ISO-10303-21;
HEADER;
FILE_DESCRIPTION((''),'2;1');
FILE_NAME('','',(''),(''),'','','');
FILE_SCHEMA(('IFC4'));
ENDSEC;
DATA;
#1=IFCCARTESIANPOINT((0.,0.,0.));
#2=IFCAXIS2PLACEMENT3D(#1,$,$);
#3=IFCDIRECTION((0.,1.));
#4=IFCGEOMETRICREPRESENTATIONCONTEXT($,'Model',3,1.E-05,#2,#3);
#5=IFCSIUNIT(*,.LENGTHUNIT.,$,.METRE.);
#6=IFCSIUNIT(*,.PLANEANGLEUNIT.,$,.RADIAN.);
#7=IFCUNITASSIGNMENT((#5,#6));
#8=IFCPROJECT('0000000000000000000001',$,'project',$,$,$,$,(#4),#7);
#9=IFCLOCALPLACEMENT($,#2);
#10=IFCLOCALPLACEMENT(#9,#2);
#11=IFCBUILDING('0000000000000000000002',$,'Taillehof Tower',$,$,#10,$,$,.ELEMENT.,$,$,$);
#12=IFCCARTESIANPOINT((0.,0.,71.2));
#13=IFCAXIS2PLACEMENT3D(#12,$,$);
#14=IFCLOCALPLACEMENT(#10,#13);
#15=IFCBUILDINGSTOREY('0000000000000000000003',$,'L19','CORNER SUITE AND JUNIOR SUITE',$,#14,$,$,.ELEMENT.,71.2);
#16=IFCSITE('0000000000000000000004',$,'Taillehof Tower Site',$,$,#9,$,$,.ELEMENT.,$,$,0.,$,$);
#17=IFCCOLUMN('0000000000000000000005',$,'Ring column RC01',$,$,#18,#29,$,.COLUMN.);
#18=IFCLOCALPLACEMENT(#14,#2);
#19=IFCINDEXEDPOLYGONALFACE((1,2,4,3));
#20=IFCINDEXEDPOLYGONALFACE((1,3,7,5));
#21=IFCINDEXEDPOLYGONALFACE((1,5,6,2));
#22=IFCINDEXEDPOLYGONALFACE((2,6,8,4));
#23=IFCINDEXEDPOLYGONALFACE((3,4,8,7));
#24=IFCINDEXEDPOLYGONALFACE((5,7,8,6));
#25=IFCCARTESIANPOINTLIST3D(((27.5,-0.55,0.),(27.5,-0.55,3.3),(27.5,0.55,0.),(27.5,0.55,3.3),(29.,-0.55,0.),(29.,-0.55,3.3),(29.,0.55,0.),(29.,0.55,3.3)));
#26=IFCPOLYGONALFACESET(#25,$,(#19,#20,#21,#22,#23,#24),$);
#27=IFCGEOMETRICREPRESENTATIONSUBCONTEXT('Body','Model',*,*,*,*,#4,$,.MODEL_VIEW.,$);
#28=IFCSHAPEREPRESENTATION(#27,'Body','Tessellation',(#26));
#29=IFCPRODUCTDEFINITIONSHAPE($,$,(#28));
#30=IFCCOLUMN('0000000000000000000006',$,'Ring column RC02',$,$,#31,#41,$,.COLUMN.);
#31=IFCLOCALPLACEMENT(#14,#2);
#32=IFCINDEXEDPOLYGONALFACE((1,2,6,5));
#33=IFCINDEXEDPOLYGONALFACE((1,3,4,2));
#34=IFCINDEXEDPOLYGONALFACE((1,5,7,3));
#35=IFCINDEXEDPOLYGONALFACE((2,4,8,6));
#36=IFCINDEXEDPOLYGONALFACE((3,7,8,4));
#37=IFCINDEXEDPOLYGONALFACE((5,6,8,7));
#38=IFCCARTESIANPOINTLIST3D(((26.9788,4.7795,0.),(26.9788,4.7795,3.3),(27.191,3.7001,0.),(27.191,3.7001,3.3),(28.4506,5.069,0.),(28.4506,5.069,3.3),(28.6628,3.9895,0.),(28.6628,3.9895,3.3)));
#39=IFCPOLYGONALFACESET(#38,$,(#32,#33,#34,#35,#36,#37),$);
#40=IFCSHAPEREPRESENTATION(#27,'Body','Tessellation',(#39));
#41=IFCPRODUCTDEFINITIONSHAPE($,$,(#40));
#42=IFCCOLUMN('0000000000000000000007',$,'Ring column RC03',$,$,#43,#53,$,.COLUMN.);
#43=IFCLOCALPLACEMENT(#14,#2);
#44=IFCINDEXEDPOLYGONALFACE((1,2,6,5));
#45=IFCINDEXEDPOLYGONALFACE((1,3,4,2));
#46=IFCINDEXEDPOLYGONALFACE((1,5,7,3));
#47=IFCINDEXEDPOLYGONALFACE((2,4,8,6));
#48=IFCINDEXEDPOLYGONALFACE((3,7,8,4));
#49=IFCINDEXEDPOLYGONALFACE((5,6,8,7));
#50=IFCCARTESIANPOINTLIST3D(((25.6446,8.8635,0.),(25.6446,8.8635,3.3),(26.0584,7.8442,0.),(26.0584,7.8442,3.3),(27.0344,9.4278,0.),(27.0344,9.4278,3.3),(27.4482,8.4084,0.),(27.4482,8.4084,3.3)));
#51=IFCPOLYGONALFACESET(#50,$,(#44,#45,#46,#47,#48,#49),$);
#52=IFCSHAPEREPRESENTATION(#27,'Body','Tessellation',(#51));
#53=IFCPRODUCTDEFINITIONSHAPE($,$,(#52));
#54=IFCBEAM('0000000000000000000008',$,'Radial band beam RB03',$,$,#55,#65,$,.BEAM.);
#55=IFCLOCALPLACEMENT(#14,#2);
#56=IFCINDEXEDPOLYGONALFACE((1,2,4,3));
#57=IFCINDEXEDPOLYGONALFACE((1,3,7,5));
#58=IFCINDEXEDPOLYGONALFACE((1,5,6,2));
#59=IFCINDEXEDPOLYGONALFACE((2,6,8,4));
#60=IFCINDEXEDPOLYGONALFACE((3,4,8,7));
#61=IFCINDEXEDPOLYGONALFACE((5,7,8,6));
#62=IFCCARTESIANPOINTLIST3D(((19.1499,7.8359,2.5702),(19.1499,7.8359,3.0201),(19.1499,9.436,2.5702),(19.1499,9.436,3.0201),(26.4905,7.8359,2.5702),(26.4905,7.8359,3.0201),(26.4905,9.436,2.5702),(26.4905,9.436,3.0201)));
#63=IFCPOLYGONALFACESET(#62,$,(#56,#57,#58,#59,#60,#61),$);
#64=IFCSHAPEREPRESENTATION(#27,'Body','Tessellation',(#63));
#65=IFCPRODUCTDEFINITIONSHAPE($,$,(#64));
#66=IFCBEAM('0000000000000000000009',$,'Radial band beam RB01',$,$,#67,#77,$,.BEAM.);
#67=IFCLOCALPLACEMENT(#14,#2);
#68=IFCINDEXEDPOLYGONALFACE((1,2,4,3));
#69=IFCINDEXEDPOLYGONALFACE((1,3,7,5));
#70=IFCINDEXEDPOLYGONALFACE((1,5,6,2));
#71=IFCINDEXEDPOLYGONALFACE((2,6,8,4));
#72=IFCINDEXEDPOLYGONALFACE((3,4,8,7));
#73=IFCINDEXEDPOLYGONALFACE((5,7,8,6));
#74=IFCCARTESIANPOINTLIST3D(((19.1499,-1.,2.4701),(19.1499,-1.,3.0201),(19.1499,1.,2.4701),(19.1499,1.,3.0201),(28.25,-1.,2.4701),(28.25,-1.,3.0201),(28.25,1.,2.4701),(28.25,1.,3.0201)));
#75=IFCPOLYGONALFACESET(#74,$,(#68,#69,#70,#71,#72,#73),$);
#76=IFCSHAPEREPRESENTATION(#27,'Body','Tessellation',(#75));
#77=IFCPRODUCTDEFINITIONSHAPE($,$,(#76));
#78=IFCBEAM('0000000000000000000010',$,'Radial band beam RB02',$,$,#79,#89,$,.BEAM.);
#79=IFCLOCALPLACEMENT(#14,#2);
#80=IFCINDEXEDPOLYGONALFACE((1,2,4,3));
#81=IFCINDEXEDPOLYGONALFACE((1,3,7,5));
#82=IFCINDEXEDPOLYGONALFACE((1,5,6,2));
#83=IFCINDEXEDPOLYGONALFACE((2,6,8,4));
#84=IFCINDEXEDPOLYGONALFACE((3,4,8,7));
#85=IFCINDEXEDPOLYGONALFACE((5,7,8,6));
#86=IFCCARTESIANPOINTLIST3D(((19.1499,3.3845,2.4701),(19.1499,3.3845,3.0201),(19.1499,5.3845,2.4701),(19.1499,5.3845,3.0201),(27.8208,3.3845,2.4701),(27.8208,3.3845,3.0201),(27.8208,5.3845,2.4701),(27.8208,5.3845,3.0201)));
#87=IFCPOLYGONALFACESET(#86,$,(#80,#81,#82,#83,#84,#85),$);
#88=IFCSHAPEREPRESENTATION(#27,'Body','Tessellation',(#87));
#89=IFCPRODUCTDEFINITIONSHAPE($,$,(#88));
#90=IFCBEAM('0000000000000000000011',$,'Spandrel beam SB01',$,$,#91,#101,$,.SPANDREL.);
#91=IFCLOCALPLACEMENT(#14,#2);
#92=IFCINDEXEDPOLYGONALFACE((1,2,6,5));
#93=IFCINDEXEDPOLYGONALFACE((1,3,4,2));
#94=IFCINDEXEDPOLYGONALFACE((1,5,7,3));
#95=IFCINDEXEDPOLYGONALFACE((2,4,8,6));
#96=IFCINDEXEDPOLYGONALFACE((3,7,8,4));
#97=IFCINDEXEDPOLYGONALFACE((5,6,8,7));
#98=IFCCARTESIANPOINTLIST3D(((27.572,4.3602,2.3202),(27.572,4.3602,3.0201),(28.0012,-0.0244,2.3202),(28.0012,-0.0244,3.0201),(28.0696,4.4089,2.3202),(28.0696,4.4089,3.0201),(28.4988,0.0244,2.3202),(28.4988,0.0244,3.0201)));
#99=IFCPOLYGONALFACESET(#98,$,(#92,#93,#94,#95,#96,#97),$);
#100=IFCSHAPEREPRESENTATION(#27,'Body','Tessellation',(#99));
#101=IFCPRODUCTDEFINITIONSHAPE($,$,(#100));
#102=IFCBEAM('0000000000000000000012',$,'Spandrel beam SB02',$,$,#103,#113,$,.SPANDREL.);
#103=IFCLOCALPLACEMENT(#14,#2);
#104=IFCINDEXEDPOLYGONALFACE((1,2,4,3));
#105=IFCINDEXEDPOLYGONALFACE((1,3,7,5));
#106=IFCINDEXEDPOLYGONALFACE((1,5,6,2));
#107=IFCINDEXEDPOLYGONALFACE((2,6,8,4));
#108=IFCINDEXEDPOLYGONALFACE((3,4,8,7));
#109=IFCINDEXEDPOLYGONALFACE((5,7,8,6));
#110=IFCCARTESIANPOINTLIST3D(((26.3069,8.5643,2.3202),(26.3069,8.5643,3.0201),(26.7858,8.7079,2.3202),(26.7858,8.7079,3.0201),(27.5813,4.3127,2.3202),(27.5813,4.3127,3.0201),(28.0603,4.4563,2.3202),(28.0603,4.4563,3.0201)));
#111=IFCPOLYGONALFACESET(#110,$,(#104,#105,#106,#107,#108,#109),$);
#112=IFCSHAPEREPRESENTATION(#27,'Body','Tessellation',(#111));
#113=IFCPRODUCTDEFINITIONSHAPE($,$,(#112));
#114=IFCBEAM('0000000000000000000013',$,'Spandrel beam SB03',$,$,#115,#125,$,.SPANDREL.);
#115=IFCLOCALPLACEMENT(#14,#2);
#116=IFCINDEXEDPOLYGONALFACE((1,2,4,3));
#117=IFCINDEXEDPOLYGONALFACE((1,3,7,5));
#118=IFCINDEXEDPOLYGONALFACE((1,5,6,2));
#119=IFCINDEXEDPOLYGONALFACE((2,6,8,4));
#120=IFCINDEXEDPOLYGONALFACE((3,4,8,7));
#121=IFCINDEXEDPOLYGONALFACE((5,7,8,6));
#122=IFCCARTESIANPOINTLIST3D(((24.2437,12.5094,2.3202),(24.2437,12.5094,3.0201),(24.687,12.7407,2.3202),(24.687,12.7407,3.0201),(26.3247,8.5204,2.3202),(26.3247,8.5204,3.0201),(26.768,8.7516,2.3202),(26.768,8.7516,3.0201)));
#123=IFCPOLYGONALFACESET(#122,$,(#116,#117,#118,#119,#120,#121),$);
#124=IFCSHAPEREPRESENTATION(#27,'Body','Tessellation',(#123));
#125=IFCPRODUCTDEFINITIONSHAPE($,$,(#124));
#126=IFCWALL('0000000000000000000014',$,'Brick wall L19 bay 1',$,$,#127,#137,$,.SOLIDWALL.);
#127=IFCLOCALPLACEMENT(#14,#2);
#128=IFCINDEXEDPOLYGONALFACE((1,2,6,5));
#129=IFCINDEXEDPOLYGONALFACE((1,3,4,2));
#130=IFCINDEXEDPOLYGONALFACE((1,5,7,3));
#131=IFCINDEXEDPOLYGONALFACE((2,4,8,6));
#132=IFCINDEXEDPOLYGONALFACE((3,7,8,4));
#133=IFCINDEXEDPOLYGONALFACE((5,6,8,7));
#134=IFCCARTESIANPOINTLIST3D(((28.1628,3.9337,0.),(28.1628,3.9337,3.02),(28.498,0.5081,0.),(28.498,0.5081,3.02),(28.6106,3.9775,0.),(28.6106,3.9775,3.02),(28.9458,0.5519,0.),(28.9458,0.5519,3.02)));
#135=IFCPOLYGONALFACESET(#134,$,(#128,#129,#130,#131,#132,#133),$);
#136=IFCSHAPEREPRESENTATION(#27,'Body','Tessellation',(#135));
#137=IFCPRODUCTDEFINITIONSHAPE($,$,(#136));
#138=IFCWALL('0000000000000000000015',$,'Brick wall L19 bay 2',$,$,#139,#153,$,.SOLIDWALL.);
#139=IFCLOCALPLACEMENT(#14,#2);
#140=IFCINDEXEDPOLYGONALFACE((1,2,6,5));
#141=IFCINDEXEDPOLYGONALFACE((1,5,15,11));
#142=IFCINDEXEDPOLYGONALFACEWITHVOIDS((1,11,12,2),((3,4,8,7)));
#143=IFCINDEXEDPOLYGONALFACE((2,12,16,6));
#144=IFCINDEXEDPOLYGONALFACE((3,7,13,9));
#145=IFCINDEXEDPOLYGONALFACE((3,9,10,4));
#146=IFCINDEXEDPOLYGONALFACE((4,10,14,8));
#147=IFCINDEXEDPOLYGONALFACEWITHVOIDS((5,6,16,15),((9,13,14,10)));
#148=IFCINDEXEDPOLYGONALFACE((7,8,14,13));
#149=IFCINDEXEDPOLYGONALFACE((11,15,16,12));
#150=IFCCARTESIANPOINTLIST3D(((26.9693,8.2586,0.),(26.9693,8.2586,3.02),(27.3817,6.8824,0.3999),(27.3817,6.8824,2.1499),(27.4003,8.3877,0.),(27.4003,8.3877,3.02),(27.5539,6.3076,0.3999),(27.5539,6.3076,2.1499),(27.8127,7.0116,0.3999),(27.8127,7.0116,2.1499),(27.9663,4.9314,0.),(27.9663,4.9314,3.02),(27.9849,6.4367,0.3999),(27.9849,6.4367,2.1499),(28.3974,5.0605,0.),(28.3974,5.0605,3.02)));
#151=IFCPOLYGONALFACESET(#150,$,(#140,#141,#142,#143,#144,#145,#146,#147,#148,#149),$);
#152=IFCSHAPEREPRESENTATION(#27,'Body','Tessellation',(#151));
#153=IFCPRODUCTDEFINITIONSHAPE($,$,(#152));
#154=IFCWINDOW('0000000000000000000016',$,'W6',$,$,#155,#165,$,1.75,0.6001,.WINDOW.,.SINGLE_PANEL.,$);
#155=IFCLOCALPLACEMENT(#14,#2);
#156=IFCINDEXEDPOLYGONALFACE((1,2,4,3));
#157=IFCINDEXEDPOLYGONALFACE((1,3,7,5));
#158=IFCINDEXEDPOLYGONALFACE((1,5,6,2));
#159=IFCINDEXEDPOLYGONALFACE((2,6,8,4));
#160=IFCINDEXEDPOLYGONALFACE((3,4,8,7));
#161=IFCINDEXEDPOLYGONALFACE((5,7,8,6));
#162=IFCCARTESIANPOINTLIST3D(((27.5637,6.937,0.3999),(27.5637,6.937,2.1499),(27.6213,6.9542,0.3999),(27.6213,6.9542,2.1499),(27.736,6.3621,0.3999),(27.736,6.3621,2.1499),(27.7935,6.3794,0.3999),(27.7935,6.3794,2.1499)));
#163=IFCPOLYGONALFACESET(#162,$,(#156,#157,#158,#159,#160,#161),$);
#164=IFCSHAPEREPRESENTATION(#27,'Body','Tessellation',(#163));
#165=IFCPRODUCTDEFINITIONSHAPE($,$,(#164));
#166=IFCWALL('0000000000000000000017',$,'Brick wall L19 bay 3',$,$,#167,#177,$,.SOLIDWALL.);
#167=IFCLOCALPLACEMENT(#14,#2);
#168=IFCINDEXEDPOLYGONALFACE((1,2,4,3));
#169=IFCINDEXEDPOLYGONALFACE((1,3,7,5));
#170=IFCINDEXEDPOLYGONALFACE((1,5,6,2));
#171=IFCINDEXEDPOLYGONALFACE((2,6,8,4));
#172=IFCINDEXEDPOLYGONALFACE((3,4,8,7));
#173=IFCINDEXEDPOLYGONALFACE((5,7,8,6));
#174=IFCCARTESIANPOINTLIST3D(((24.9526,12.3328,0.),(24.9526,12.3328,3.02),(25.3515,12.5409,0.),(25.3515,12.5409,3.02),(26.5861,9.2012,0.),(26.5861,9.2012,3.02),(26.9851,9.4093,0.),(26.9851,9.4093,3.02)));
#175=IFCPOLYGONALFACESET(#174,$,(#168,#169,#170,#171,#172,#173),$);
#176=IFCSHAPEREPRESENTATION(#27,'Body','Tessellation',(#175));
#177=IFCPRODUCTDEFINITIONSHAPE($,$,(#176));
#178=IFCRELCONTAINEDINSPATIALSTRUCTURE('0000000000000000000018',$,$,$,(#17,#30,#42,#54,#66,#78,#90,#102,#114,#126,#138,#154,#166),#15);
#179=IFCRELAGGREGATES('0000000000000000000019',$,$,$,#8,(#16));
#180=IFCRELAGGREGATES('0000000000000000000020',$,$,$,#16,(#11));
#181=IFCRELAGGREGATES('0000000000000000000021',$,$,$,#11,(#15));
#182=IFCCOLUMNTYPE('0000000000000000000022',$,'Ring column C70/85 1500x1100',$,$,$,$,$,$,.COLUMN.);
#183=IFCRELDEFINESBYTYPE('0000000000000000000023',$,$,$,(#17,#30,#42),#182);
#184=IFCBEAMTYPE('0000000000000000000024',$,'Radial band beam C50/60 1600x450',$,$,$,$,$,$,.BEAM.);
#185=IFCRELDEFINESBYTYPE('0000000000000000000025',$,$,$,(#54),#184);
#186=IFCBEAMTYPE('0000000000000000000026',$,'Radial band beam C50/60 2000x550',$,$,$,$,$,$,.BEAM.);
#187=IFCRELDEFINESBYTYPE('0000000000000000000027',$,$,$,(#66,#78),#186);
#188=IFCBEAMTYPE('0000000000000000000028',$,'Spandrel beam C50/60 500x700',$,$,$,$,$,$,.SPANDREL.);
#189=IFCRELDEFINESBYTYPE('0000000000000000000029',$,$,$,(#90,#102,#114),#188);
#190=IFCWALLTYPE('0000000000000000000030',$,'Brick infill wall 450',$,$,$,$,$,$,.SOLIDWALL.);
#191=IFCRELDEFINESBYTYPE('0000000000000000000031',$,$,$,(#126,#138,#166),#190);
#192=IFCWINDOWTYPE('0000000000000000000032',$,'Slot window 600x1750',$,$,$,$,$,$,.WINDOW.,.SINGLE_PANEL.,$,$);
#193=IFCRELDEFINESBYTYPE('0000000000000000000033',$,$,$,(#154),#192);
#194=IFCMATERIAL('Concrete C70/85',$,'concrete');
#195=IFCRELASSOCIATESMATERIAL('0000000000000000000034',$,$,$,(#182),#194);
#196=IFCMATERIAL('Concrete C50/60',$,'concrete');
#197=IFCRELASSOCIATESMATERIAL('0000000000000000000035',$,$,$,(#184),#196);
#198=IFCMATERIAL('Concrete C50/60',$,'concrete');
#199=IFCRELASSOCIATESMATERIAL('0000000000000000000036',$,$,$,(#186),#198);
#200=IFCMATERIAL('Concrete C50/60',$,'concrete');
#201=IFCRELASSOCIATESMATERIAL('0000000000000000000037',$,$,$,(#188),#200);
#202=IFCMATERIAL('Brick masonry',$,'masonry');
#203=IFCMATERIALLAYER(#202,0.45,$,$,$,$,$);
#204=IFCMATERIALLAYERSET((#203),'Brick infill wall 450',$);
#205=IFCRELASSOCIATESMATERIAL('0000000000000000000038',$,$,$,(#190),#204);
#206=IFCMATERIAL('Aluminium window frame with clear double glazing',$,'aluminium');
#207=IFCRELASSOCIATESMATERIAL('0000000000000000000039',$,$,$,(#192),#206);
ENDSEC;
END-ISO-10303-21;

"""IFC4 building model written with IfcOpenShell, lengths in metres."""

from ifc_helpers import new_model, si_unit, direction, frame, frame_2d, origin, origin_2d, place, context, subcontext, project, spatial, rectangle, extrude, material, layer, layer_set, material_profile, profile_set, type_object, element, fill, save


model = new_model("IFC4")

# Units and contexts
model_context = context("Model", 3, precision=1e-05, world=origin(), true_north=direction((0.0, 1.0)))
body_context = subcontext(model_context, "Body", "Model", "MODEL_VIEW")
ifc_project = project(units=[si_unit("LENGTHUNIT", "METRE"), si_unit("PLANEANGLEUNIT", "RADIAN")], contexts=[model_context])

# Site, building, storey
site_placement = place(None, origin())
site = spatial("IfcSite", under=ifc_project, at=site_placement, Name="Taillehof Tower Site", CompositionType="ELEMENT", RefElevation=0.0)
building_placement = place(site_placement, origin())
building = spatial("IfcBuilding", under=site, at=building_placement, Name="Taillehof Tower", CompositionType="ELEMENT")
storey_placement = place(building_placement, frame((0.0, 0.0, 71.2)))
storey = spatial("IfcBuildingStorey", under=building, at=storey_placement, Name="L19", Description="CORNER SUITE AND JUNIOR SUITE", CompositionType="ELEMENT", Elevation=71.2)

# Columns
ifc_material_1 = material(Name="Concrete C70/85", Category="concrete")
ifc_material_profile_1 = material_profile(ifc_material_1, rectangle(XDim=1.5, YDim=1.1001, at=origin_2d()), Name="RC 1500x1100")
ifc_profile_set_1 = profile_set([ifc_material_profile_1], Name="Concrete C70/85")
column_type = type_object("IfcColumnType", Name="Ring column C70/85 1500x1100", PredefinedType="COLUMN", material=ifc_profile_set_1)
for number, where, z_axis, x_axis, name in (
    (1, (28.25, 0.0, 0.0), (0.0, 0.0, 1.0), (1.0, 0.0, 0.0), "Ring column RC01"),
    (2, (27.8208, 4.3845, 0.0), (0.0, 0.0, 1.0), (0.981204, 0.192976, 0.0), "Ring column RC02"),
    (3, (26.5464, 8.636, 0.0), (0.0, 0.0, 1.0), (0.926558, 0.376152, 0.0), "Ring column RC03"),
):
    element("IfcColumn", number, at=place(storey_placement, frame(where, z_axis=z_axis, x_axis=x_axis)), inside=storey, type_object=column_type, Name=name, PredefinedType="COLUMN", context=body_context, shape_type="SweptSolid", body=[
        extrude(rectangle(XDim=1.5, YDim=1.1001, at=origin_2d()), origin(), (0.0, 0.0, 1.0), 3.3),
    ])

# Beams
ifc_material_2 = material(Name="Concrete C50/60", Category="concrete")
ifc_material_profile_2 = material_profile(ifc_material_2, rectangle(XDim=1.6001, YDim=0.45, at=origin_2d()), Name="RC 1600x450")
ifc_profile_set_2 = profile_set([ifc_material_profile_2], Name="Concrete C50/60")
beam_type_1 = type_object("IfcBeamType", Name="Radial band beam C50/60 1600x450", PredefinedType="BEAM", material=ifc_profile_set_2)
beam_1_placement = place(storey_placement, frame((26.4905, 8.636, 2.7952), z_axis=(-1.0, 0.0, 0.0), x_axis=(0.0, -1.0, 0.0)))
element("IfcBeam", 4, at=beam_1_placement, inside=storey, type_object=beam_type_1, Name="Radial band beam RB03", PredefinedType="BEAM", context=body_context, shape_type="SweptSolid", body=[
    extrude(rectangle(XDim=1.6001, YDim=0.45, at=origin_2d()), origin(), (0.0, 0.0, 1.0), 7.3406),
])
ifc_material_3 = material(Name="Concrete C50/60", Category="concrete")
ifc_material_profile_3 = material_profile(ifc_material_3, rectangle(XDim=2.0, YDim=0.55, at=origin_2d()), Name="RC 2000x550")
ifc_profile_set_3 = profile_set([ifc_material_profile_3], Name="Concrete C50/60")
beam_type_2 = type_object("IfcBeamType", Name="Radial band beam C50/60 2000x550", PredefinedType="BEAM", material=ifc_profile_set_3)
beam_2_placement = place(storey_placement, frame((28.25, 0.0, 2.7451), z_axis=(-1.0, 0.0, 0.0), x_axis=(0.0, -1.0, 0.0)))
element("IfcBeam", 5, at=beam_2_placement, inside=storey, type_object=beam_type_2, Name="Radial band beam RB01", PredefinedType="BEAM", context=body_context, shape_type="SweptSolid", body=[
    extrude(rectangle(XDim=2.0, YDim=0.55, at=origin_2d()), origin(), (0.0, 0.0, 1.0), 9.1001),
])
beam_3_placement = place(storey_placement, frame((27.8208, 4.3845, 2.7451), z_axis=(-1.0, 0.0, 0.0), x_axis=(0.0, -1.0, 0.0)))
element("IfcBeam", 6, at=beam_3_placement, inside=storey, type_object=beam_type_2, Name="Radial band beam RB02", PredefinedType="BEAM", context=body_context, shape_type="SweptSolid", body=[
    extrude(rectangle(XDim=2.0, YDim=0.55, at=origin_2d()), origin(), (0.0, 0.0, 1.0), 8.6709),
])
ifc_material_4 = material(Name="Concrete C50/60", Category="concrete")
ifc_material_profile_4 = material_profile(ifc_material_4, rectangle(XDim=0.5, YDim=0.7, at=origin_2d()), Name="RC 500x700")
ifc_profile_set_4 = profile_set([ifc_material_profile_4], Name="Concrete C50/60")
beam_type_3 = type_object("IfcBeamType", Name="Spandrel beam C50/60 500x700", PredefinedType="SPANDREL", material=ifc_profile_set_4)
beam_4_placement = place(storey_placement, frame((28.25, 0.0, 2.6702), z_axis=(-0.097424, 0.995243, 0.0), x_axis=(-0.995243, -0.097424, 0.0)))
element("IfcBeam", 7, at=beam_4_placement, inside=storey, type_object=beam_type_3, Name="Spandrel beam SB01", PredefinedType="SPANDREL", context=body_context, shape_type="SweptSolid", body=[
    extrude(rectangle(XDim=0.5, YDim=0.7, at=origin_2d()), origin(), (0.0, 0.0, 1.0), 4.4055),
])
beam_5_placement = place(storey_placement, frame((27.8208, 4.3845, 2.6702), z_axis=(-0.287136, 0.95789, 0.0), x_axis=(-0.95789, -0.287136, 0.0)))
element("IfcBeam", 8, at=beam_5_placement, inside=storey, type_object=beam_type_3, Name="Spandrel beam SB02", PredefinedType="SPANDREL", context=body_context, shape_type="SweptSolid", body=[
    extrude(rectangle(XDim=0.5, YDim=0.7, at=origin_2d()), origin(), (0.0, 0.0, 1.0), 4.4385),
])
beam_6_placement = place(storey_placement, frame((26.5464, 8.636, 2.6702), z_axis=(-0.462536, 0.8866, 0.0), x_axis=(-0.8866, -0.462536, 0.0)))
element("IfcBeam", 9, at=beam_6_placement, inside=storey, type_object=beam_type_3, Name="Spandrel beam SB03", PredefinedType="SPANDREL", context=body_context, shape_type="SweptSolid", body=[
    extrude(rectangle(XDim=0.5, YDim=0.7, at=origin_2d()), origin(), (0.0, 0.0, 1.0), 4.4993),
])

# Wall
ifc_material_5 = material(Name="Brick masonry", Category="masonry")
ifc_layer_1 = layer(ifc_material_5, 0.45)
ifc_layer_set_1 = layer_set([ifc_layer_1], Name="Brick infill wall 450")
wall_type_1 = type_object("IfcWallType", Name="Brick infill wall 450", PredefinedType="SOLIDWALL", material=ifc_layer_set_1)
wall_1_placement = place(storey_placement, frame((28.7219, 0.53, 0.0), z_axis=(0.0, 0.0, 1.0), x_axis=(-0.09739, 0.995246, 0.0)))
element("IfcWall", 10, at=wall_1_placement, inside=storey, type_object=wall_type_1, Name="Brick wall L19 bay 1", PredefinedType="SOLIDWALL", context=body_context, shape_type="SweptSolid", body=[
    extrude(rectangle(XDim=3.4419, YDim=0.45, at=frame_2d((1.7209, 0.0))), origin(), (0.0, 0.0, 1.0), 3.02),
])

# Wall, opening, window
wall_2_placement = place(storey_placement, frame((28.1819, 4.9958, 0.0), z_axis=(0.0, 0.0, 1.0), x_axis=(-0.287064, 0.957911, 0.0)))
wall_2 = element("IfcWall", 11, at=wall_2_placement, inside=storey, type_object=wall_type_1, Name="Brick wall L19 bay 2", PredefinedType="SOLIDWALL", context=body_context, shape_type="SweptSolid", body=[
    extrude(rectangle(XDim=3.4734, YDim=0.45, at=frame_2d((1.7368, 0.0))), origin(), (0.0, 0.0, 1.0), 3.02),
])
opening_1_placement = place(wall_2_placement, frame((1.4368, 0.0, 0.3999)))
opening_1 = element("IfcOpeningElement", 12, at=opening_1_placement, cuts=wall_2, PredefinedType="OPENING", context=body_context, shape_type="SweptSolid", body=[
    extrude(rectangle(XDim=0.6001, YDim=1.75, at=frame_2d((0.3, 0.875))), frame((0.0, 0.2349, 0.0), z_axis=(0.0, -1.0, 0.0), x_axis=(1.0, 0.0, 0.0)), (0.0, 0.0, 1.0), 0.47),
])
ifc_material_6 = material(Name="Aluminium window frame with clear double glazing", Category="aluminium")
window_type = type_object("IfcWindowType", Name="Slot window 600x1750", PartitioningType="SINGLE_PANEL", PredefinedType="WINDOW", material=ifc_material_6)
window_placement = place(opening_1_placement, origin())
window = element("IfcWindow", 13, at=window_placement, inside=storey, type_object=window_type, Name="W6", OverallHeight=1.75, OverallWidth=0.6001, PartitioningType="SINGLE_PANEL", PredefinedType="WINDOW", context=body_context, shape_type="SweptSolid", body=[
    extrude(rectangle(XDim=0.6001, YDim=1.75, at=frame_2d((0.3, 0.875))), frame((0.0, 0.0349, 0.0), z_axis=(0.0, -1.0, 0.0), x_axis=(1.0, 0.0, 0.0)), (0.0, 0.0, 1.0), 0.0601),
])
fill(opening_1, window)

# Wall
wall_3_placement = place(storey_placement, frame((26.7856, 9.3052, 0.0), z_axis=(0.0, 0.0, 1.0), x_axis=(-0.462493, 0.886623, 0.0)))
element("IfcWall", 14, at=wall_3_placement, inside=storey, type_object=wall_type_1, Name="Brick wall L19 bay 3", PredefinedType="SOLIDWALL", context=body_context, shape_type="SweptSolid", body=[
    extrude(rectangle(XDim=3.532, YDim=0.45, at=frame_2d((1.7661, 0.0))), origin(), (0.0, 0.0, 1.0), 3.02),
])

save(model, "model.ifc")
